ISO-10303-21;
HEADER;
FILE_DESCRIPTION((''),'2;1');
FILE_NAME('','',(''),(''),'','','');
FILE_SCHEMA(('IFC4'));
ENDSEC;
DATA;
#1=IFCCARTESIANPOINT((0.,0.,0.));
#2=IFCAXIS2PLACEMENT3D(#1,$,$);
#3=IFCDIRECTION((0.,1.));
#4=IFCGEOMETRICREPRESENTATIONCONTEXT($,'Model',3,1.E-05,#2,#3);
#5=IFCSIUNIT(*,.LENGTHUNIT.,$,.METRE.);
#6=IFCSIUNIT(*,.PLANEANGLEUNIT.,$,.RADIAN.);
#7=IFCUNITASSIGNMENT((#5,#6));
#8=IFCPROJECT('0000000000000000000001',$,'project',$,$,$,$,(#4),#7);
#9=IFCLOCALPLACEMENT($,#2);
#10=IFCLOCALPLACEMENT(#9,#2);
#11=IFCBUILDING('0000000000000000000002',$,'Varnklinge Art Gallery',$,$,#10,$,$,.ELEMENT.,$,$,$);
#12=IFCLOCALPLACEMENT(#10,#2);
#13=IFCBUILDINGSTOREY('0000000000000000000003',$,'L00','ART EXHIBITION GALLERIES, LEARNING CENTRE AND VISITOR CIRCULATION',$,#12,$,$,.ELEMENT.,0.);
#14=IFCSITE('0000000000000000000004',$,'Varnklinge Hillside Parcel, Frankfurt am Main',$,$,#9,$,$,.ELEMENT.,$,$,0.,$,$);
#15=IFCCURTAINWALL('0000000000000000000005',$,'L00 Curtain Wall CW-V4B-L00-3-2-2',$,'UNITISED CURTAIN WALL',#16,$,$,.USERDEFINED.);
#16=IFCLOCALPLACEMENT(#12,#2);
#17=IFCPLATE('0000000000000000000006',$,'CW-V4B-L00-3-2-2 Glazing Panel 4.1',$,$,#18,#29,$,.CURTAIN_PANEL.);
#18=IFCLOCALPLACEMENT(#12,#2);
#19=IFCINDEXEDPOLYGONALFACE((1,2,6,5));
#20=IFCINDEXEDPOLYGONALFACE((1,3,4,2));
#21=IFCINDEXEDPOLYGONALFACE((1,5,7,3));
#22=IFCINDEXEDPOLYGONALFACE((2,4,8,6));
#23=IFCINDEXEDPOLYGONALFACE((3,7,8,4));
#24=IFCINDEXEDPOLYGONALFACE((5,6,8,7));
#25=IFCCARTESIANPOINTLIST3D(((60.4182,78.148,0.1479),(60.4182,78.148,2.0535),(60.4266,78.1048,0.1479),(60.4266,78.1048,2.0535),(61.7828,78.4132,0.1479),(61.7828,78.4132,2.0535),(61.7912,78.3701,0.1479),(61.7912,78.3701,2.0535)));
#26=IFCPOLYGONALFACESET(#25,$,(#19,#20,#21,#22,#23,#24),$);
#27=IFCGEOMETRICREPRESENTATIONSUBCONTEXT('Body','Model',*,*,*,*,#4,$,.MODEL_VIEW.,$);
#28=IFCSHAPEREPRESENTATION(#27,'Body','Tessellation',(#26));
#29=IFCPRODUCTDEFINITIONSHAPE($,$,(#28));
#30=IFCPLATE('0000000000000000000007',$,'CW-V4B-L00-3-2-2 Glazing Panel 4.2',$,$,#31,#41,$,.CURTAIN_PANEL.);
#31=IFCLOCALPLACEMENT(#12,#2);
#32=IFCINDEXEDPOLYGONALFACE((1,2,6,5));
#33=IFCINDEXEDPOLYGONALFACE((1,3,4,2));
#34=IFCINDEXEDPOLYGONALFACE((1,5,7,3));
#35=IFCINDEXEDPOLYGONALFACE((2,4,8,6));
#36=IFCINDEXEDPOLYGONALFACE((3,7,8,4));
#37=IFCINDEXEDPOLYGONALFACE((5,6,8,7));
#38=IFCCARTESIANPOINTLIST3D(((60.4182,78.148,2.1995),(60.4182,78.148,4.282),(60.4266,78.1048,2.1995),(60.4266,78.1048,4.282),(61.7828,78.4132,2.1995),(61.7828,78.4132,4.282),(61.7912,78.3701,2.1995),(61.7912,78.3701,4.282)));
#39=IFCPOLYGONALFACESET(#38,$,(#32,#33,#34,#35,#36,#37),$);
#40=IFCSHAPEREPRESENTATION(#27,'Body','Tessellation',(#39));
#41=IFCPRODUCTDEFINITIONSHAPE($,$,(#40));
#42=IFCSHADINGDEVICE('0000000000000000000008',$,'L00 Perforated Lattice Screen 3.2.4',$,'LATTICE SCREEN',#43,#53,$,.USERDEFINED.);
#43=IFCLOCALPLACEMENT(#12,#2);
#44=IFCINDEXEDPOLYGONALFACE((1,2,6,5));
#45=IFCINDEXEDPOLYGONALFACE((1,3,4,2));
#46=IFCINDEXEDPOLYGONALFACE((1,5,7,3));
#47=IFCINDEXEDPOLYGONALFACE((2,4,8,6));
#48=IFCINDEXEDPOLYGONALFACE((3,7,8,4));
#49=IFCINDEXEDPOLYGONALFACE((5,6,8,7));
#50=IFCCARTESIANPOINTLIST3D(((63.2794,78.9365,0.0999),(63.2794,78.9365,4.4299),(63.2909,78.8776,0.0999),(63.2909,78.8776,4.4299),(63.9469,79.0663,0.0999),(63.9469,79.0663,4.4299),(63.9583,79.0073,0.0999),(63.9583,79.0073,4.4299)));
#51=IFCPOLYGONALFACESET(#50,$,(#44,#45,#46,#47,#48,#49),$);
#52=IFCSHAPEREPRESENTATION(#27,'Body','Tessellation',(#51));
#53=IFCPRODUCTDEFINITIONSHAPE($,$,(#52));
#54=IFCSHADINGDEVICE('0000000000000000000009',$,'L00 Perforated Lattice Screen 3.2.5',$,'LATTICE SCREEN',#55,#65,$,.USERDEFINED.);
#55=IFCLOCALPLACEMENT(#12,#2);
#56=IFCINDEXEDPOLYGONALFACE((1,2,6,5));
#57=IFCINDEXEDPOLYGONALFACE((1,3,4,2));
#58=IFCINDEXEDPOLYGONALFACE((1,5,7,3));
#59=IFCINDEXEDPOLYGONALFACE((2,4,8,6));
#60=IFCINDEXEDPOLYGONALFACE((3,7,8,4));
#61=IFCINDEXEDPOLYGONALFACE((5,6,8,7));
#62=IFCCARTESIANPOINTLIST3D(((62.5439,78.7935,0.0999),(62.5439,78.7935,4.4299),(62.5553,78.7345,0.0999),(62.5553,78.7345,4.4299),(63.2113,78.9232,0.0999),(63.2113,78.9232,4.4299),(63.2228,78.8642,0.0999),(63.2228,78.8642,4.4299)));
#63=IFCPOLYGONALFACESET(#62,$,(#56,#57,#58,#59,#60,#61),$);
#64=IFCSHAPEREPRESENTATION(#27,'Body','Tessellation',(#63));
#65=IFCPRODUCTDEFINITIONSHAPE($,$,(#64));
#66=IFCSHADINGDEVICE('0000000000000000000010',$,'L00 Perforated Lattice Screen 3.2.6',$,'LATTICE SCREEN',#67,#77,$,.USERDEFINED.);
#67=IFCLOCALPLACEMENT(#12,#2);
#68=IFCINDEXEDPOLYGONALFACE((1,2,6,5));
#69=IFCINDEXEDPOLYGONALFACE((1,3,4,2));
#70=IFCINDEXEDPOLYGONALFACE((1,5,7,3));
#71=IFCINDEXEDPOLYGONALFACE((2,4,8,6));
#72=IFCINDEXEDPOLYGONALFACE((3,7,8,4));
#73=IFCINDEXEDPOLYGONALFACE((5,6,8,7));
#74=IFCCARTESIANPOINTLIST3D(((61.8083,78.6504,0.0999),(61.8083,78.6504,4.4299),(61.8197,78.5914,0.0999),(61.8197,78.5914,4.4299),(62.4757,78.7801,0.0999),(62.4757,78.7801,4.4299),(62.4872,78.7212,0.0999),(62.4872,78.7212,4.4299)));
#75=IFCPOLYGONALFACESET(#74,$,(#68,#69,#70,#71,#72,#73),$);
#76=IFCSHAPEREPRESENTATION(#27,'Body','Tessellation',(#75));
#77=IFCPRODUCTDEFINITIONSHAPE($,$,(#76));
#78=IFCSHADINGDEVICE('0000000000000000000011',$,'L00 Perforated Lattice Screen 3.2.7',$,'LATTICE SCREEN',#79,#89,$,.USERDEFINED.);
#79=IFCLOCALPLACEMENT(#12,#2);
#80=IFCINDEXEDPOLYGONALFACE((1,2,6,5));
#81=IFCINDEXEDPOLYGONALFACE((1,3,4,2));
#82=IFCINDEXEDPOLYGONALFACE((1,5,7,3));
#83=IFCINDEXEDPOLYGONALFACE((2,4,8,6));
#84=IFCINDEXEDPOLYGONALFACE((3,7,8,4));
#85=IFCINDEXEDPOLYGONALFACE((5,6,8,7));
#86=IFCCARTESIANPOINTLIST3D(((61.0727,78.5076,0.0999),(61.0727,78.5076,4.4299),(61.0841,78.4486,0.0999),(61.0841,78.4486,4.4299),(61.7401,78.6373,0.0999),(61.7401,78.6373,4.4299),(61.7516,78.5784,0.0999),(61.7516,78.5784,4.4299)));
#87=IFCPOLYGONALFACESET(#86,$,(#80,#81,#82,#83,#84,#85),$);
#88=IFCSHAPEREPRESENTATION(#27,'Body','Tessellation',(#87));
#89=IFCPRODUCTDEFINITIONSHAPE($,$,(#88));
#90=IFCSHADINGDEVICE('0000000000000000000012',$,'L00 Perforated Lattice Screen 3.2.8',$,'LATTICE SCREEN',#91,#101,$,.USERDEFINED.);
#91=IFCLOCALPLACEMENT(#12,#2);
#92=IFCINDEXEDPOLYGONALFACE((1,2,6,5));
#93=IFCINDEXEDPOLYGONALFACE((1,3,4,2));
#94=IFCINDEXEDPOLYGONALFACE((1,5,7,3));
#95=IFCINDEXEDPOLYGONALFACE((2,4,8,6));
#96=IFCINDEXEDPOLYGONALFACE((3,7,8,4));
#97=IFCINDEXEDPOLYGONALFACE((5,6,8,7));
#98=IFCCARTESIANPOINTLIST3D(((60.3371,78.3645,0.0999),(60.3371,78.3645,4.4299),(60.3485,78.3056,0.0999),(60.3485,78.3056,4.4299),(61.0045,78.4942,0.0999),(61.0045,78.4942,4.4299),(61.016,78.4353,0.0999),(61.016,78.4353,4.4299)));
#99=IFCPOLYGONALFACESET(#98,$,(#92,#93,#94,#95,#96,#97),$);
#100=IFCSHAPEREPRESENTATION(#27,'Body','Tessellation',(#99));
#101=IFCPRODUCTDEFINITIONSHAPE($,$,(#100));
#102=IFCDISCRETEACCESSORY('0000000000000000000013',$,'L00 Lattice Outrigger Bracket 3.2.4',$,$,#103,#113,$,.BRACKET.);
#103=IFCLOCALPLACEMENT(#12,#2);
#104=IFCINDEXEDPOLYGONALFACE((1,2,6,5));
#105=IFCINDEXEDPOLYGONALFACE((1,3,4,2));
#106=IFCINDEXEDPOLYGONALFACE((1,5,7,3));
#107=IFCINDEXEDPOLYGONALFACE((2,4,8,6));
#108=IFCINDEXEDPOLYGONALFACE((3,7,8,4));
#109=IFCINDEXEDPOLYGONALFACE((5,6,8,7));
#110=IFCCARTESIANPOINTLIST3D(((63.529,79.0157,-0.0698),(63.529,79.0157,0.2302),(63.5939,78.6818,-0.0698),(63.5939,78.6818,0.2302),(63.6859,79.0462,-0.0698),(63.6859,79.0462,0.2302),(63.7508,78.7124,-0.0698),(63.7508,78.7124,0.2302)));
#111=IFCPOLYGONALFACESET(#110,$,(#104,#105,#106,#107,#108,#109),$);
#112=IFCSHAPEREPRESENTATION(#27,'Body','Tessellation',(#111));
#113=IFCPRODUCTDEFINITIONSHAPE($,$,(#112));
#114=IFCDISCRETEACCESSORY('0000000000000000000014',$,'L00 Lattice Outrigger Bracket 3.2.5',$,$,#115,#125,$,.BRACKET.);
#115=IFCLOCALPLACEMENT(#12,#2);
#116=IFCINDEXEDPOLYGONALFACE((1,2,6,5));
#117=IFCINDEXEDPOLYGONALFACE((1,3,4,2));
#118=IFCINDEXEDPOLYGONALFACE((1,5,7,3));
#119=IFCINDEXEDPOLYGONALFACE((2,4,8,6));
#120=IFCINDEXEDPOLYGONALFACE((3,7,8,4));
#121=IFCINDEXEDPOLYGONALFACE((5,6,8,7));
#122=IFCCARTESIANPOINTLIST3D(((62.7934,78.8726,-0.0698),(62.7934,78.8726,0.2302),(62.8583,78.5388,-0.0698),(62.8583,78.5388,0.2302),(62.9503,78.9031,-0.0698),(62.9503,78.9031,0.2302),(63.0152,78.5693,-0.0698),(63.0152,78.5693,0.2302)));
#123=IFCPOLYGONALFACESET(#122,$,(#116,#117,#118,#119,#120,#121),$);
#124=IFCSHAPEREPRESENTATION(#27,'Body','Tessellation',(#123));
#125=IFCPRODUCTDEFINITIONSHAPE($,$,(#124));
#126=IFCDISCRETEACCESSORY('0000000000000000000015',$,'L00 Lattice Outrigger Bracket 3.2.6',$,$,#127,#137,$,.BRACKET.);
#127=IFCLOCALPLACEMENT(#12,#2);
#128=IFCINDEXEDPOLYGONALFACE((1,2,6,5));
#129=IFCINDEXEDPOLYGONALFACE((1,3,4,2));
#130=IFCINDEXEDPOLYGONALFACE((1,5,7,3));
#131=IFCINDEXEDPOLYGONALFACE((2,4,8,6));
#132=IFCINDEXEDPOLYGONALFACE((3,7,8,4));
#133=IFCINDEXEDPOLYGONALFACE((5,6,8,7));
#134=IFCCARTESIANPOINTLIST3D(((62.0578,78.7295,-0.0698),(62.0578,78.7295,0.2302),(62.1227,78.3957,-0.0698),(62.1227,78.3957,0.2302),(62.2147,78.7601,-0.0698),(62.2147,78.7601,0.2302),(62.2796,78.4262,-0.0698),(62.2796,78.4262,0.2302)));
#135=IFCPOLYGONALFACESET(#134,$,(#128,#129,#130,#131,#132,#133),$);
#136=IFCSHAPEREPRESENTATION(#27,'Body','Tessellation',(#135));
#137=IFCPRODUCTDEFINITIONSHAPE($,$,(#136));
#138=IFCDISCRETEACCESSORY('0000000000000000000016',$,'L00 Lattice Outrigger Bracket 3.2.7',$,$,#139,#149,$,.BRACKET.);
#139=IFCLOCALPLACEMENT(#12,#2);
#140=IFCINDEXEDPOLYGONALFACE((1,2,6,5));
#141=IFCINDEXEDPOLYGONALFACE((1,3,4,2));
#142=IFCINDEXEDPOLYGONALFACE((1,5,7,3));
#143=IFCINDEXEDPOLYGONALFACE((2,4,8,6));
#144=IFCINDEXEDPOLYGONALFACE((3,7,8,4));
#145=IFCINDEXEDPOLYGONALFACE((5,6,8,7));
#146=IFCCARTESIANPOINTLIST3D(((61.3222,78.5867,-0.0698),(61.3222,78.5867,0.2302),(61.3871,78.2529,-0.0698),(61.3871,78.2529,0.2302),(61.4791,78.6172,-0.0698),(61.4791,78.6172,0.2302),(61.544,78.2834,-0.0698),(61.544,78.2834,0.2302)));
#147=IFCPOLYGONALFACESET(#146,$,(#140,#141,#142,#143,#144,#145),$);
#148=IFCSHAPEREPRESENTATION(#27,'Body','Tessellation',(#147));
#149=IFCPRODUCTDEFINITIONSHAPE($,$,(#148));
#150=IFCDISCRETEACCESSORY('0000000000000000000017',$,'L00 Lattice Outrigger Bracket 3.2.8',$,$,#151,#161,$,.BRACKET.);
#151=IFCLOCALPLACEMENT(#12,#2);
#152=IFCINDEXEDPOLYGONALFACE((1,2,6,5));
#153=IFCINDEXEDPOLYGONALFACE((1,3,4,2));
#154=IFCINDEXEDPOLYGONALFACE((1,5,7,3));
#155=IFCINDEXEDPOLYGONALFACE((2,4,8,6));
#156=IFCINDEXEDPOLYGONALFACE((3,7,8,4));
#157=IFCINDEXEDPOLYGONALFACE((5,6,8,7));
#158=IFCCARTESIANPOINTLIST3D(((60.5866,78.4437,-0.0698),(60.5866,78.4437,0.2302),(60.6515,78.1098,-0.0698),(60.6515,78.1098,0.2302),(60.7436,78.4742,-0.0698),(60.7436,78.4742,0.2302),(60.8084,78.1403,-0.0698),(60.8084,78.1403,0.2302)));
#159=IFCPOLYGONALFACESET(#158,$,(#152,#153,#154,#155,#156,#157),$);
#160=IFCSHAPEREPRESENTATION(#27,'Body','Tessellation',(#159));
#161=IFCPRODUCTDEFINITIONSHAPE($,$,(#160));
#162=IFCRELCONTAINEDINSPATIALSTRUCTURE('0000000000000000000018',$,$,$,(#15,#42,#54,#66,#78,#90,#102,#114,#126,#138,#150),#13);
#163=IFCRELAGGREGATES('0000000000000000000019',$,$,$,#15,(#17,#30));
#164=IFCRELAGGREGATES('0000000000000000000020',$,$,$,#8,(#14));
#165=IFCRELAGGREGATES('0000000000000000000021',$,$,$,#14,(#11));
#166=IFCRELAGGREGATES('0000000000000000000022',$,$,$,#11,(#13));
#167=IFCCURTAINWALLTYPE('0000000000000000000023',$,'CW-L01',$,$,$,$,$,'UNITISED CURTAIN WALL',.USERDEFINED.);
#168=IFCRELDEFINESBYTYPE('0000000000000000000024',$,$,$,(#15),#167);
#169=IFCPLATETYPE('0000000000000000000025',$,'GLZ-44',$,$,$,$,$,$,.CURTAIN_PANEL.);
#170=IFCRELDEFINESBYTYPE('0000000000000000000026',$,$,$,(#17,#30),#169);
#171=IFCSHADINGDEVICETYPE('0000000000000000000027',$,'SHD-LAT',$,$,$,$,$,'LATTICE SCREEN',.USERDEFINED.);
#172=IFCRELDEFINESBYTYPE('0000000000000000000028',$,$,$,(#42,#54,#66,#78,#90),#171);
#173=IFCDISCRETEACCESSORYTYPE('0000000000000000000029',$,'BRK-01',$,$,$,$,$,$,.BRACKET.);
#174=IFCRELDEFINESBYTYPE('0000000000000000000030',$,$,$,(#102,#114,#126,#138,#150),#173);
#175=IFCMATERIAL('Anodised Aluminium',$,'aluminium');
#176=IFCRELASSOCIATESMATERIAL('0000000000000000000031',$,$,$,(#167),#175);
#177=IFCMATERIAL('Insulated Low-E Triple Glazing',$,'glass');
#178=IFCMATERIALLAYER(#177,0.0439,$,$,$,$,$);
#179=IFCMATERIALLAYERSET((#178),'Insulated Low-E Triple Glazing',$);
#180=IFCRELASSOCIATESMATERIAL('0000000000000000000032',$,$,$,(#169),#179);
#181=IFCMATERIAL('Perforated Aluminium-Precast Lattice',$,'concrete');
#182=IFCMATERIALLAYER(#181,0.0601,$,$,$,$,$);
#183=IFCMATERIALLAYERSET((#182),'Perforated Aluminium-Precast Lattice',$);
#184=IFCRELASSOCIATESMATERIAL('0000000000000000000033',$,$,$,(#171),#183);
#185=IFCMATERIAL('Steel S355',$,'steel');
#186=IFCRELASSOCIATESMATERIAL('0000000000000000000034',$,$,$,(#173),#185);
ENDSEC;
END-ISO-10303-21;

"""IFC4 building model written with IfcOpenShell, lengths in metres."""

from ifc_helpers import new_model, si_unit, direction, frame, origin, origin_2d, place, context, subcontext, project, spatial, rectangle, extrude, material, layer, layer_set, type_object, element, aggregate, save


model = new_model("IFC4")

# Units and contexts
model_context = context("Model", 3, precision=1e-05, world=origin(), true_north=direction((0.0, 1.0)))
body_context = subcontext(model_context, "Body", "Model", "MODEL_VIEW")
ifc_project = project(units=[si_unit("LENGTHUNIT", "METRE"), si_unit("PLANEANGLEUNIT", "RADIAN")], contexts=[model_context])

# Site, building, storey
site_placement = place(None, origin())
site = spatial("IfcSite", under=ifc_project, at=site_placement, Name="Varnklinge Hillside Parcel, Frankfurt am Main", CompositionType="ELEMENT", RefElevation=0.0)
building_placement = place(site_placement, origin())
building = spatial("IfcBuilding", under=site, at=building_placement, Name="Varnklinge Art Gallery", CompositionType="ELEMENT")
storey_placement = place(building_placement, origin())
storey = spatial("IfcBuildingStorey", under=building, at=storey_placement, Name="L00", Description="ART EXHIBITION GALLERIES, LEARNING CENTRE AND VISITOR CIRCULATION", CompositionType="ELEMENT", Elevation=0.0)

# Curtain wall
ifc_material_1 = material(Name="Anodised Aluminium", Category="aluminium")
curtain_wall_type = type_object("IfcCurtainWallType", Name="CW-L01", ElementType="UNITISED CURTAIN WALL", PredefinedType="USERDEFINED", material=ifc_material_1)
curtain_wall_placement = place(storey_placement, origin())
curtain_wall = element("IfcCurtainWall", 1, at=curtain_wall_placement, inside=storey, type_object=curtain_wall_type, Name="L00 Curtain Wall CW-V4B-L00-3-2-2", ObjectType="UNITISED CURTAIN WALL", PredefinedType="USERDEFINED")

# Plates
ifc_material_2 = material(Name="Insulated Low-E Triple Glazing", Category="glass")
ifc_layer_1 = layer(ifc_material_2, 0.0439)
ifc_layer_set_1 = layer_set([ifc_layer_1], Name="Insulated Low-E Triple Glazing")
plate_type = type_object("IfcPlateType", Name="GLZ-44", PredefinedType="CURTAIN_PANEL", material=ifc_layer_set_1)
plate_1_placement = place(storey_placement, frame((61.1047, 78.259, 0.1479), z_axis=(0.0, 0.0, 1.0), x_axis=(-0.981627, -0.190809, 0.0)))
plate_1 = element("IfcPlate", 2, at=plate_1_placement, type_object=plate_type, Name="CW-V4B-L00-3-2-2 Glazing Panel 4.1", PredefinedType="CURTAIN_PANEL", context=body_context, shape_type="SweptSolid", body=[
    extrude(rectangle(XDim=1.3901, YDim=0.0439, at=origin_2d()), origin(), (0.0, 0.0, 1.0), 1.9055),
])
plate_2_placement = place(storey_placement, frame((61.1047, 78.259, 2.1995), z_axis=(0.0, 0.0, 1.0), x_axis=(-0.981627, -0.190809, 0.0)))
plate_2 = element("IfcPlate", 3, at=plate_2_placement, type_object=plate_type, Name="CW-V4B-L00-3-2-2 Glazing Panel 4.2", PredefinedType="CURTAIN_PANEL", context=body_context, shape_type="SweptSolid", body=[
    extrude(rectangle(XDim=1.3901, YDim=0.0439, at=origin_2d()), origin(), (0.0, 0.0, 1.0), 2.0825),
])
aggregate(curtain_wall, [plate_1, plate_2])

# Shading devices
ifc_material_3 = material(Name="Perforated Aluminium-Precast Lattice", Category="concrete")
ifc_layer_2 = layer(ifc_material_3, 0.0601)
ifc_layer_set_2 = layer_set([ifc_layer_2], Name="Perforated Aluminium-Precast Lattice")
shading_device_type = type_object("IfcShadingDeviceType", Name="SHD-LAT", ElementType="LATTICE SCREEN", PredefinedType="USERDEFINED", material=ifc_layer_set_2)
for number, where, z_axis, x_axis, name in (
    (4, (63.6189, 78.9719, 0.0999), (0.0, 0.0, 1.0), (-0.981627, -0.190809, 0.0), "L00 Perforated Lattice Screen 3.2.4"),
    (5, (62.8833, 78.8289, 0.0999), (0.0, 0.0, 1.0), (-0.981627, -0.190809, 0.0), "L00 Perforated Lattice Screen 3.2.5"),
    (6, (62.1477, 78.6858, 0.0999), (0.0, 0.0, 1.0), (-0.981627, -0.190809, 0.0), "L00 Perforated Lattice Screen 3.2.6"),
    (7, (61.4121, 78.543, 0.0999), (0.0, 0.0, 1.0), (-0.981627, -0.190809, 0.0), "L00 Perforated Lattice Screen 3.2.7"),
    (8, (60.6765, 78.3999, 0.0999), (0.0, 0.0, 1.0), (-0.981627, -0.190809, 0.0), "L00 Perforated Lattice Screen 3.2.8"),
):
    element("IfcShadingDevice", number, at=place(storey_placement, frame(where, z_axis=z_axis, x_axis=x_axis)), inside=storey, type_object=shading_device_type, Name=name, ObjectType="LATTICE SCREEN", PredefinedType="USERDEFINED", context=body_context, shape_type="SweptSolid", body=[
        extrude(rectangle(XDim=0.6799, YDim=0.0601, at=origin_2d()), origin(), (0.0, 0.0, 1.0), 4.3301),
    ])

# Discrete accessories
ifc_material_4 = material(Name="Steel S355", Category="steel")
discrete_accessory_type = type_object("IfcDiscreteAccessoryType", Name="BRK-01", PredefinedType="BRACKET", material=ifc_material_4)
for number, where, z_axis, x_axis, name in (
    (9, (63.6399, 78.864, -0.0698), (0.0, 0.0, 1.0), (-0.981627, -0.190809, 0.0), "L00 Lattice Outrigger Bracket 3.2.4"),
    (10, (62.9043, 78.7209, -0.0698), (0.0, 0.0, 1.0), (-0.981627, -0.190809, 0.0), "L00 Lattice Outrigger Bracket 3.2.5"),
    (11, (62.1687, 78.5779, -0.0698), (0.0, 0.0, 1.0), (-0.981627, -0.190809, 0.0), "L00 Lattice Outrigger Bracket 3.2.6"),
    (12, (61.4331, 78.4351, -0.0698), (0.0, 0.0, 1.0), (-0.981627, -0.190809, 0.0), "L00 Lattice Outrigger Bracket 3.2.7"),
    (13, (60.6975, 78.292, -0.0698), (0.0, 0.0, 1.0), (-0.981627, -0.190809, 0.0), "L00 Lattice Outrigger Bracket 3.2.8"),
):
    element("IfcDiscreteAccessory", number, at=place(storey_placement, frame(where, z_axis=z_axis, x_axis=x_axis)), inside=storey, type_object=discrete_accessory_type, Name=name, PredefinedType="BRACKET", context=body_context, shape_type="SweptSolid", body=[
        extrude(rectangle(XDim=0.1599, YDim=0.3401, at=origin_2d()), origin(), (0.0, 0.0, 1.0), 0.3),
    ])

save(model, "model.ifc")
